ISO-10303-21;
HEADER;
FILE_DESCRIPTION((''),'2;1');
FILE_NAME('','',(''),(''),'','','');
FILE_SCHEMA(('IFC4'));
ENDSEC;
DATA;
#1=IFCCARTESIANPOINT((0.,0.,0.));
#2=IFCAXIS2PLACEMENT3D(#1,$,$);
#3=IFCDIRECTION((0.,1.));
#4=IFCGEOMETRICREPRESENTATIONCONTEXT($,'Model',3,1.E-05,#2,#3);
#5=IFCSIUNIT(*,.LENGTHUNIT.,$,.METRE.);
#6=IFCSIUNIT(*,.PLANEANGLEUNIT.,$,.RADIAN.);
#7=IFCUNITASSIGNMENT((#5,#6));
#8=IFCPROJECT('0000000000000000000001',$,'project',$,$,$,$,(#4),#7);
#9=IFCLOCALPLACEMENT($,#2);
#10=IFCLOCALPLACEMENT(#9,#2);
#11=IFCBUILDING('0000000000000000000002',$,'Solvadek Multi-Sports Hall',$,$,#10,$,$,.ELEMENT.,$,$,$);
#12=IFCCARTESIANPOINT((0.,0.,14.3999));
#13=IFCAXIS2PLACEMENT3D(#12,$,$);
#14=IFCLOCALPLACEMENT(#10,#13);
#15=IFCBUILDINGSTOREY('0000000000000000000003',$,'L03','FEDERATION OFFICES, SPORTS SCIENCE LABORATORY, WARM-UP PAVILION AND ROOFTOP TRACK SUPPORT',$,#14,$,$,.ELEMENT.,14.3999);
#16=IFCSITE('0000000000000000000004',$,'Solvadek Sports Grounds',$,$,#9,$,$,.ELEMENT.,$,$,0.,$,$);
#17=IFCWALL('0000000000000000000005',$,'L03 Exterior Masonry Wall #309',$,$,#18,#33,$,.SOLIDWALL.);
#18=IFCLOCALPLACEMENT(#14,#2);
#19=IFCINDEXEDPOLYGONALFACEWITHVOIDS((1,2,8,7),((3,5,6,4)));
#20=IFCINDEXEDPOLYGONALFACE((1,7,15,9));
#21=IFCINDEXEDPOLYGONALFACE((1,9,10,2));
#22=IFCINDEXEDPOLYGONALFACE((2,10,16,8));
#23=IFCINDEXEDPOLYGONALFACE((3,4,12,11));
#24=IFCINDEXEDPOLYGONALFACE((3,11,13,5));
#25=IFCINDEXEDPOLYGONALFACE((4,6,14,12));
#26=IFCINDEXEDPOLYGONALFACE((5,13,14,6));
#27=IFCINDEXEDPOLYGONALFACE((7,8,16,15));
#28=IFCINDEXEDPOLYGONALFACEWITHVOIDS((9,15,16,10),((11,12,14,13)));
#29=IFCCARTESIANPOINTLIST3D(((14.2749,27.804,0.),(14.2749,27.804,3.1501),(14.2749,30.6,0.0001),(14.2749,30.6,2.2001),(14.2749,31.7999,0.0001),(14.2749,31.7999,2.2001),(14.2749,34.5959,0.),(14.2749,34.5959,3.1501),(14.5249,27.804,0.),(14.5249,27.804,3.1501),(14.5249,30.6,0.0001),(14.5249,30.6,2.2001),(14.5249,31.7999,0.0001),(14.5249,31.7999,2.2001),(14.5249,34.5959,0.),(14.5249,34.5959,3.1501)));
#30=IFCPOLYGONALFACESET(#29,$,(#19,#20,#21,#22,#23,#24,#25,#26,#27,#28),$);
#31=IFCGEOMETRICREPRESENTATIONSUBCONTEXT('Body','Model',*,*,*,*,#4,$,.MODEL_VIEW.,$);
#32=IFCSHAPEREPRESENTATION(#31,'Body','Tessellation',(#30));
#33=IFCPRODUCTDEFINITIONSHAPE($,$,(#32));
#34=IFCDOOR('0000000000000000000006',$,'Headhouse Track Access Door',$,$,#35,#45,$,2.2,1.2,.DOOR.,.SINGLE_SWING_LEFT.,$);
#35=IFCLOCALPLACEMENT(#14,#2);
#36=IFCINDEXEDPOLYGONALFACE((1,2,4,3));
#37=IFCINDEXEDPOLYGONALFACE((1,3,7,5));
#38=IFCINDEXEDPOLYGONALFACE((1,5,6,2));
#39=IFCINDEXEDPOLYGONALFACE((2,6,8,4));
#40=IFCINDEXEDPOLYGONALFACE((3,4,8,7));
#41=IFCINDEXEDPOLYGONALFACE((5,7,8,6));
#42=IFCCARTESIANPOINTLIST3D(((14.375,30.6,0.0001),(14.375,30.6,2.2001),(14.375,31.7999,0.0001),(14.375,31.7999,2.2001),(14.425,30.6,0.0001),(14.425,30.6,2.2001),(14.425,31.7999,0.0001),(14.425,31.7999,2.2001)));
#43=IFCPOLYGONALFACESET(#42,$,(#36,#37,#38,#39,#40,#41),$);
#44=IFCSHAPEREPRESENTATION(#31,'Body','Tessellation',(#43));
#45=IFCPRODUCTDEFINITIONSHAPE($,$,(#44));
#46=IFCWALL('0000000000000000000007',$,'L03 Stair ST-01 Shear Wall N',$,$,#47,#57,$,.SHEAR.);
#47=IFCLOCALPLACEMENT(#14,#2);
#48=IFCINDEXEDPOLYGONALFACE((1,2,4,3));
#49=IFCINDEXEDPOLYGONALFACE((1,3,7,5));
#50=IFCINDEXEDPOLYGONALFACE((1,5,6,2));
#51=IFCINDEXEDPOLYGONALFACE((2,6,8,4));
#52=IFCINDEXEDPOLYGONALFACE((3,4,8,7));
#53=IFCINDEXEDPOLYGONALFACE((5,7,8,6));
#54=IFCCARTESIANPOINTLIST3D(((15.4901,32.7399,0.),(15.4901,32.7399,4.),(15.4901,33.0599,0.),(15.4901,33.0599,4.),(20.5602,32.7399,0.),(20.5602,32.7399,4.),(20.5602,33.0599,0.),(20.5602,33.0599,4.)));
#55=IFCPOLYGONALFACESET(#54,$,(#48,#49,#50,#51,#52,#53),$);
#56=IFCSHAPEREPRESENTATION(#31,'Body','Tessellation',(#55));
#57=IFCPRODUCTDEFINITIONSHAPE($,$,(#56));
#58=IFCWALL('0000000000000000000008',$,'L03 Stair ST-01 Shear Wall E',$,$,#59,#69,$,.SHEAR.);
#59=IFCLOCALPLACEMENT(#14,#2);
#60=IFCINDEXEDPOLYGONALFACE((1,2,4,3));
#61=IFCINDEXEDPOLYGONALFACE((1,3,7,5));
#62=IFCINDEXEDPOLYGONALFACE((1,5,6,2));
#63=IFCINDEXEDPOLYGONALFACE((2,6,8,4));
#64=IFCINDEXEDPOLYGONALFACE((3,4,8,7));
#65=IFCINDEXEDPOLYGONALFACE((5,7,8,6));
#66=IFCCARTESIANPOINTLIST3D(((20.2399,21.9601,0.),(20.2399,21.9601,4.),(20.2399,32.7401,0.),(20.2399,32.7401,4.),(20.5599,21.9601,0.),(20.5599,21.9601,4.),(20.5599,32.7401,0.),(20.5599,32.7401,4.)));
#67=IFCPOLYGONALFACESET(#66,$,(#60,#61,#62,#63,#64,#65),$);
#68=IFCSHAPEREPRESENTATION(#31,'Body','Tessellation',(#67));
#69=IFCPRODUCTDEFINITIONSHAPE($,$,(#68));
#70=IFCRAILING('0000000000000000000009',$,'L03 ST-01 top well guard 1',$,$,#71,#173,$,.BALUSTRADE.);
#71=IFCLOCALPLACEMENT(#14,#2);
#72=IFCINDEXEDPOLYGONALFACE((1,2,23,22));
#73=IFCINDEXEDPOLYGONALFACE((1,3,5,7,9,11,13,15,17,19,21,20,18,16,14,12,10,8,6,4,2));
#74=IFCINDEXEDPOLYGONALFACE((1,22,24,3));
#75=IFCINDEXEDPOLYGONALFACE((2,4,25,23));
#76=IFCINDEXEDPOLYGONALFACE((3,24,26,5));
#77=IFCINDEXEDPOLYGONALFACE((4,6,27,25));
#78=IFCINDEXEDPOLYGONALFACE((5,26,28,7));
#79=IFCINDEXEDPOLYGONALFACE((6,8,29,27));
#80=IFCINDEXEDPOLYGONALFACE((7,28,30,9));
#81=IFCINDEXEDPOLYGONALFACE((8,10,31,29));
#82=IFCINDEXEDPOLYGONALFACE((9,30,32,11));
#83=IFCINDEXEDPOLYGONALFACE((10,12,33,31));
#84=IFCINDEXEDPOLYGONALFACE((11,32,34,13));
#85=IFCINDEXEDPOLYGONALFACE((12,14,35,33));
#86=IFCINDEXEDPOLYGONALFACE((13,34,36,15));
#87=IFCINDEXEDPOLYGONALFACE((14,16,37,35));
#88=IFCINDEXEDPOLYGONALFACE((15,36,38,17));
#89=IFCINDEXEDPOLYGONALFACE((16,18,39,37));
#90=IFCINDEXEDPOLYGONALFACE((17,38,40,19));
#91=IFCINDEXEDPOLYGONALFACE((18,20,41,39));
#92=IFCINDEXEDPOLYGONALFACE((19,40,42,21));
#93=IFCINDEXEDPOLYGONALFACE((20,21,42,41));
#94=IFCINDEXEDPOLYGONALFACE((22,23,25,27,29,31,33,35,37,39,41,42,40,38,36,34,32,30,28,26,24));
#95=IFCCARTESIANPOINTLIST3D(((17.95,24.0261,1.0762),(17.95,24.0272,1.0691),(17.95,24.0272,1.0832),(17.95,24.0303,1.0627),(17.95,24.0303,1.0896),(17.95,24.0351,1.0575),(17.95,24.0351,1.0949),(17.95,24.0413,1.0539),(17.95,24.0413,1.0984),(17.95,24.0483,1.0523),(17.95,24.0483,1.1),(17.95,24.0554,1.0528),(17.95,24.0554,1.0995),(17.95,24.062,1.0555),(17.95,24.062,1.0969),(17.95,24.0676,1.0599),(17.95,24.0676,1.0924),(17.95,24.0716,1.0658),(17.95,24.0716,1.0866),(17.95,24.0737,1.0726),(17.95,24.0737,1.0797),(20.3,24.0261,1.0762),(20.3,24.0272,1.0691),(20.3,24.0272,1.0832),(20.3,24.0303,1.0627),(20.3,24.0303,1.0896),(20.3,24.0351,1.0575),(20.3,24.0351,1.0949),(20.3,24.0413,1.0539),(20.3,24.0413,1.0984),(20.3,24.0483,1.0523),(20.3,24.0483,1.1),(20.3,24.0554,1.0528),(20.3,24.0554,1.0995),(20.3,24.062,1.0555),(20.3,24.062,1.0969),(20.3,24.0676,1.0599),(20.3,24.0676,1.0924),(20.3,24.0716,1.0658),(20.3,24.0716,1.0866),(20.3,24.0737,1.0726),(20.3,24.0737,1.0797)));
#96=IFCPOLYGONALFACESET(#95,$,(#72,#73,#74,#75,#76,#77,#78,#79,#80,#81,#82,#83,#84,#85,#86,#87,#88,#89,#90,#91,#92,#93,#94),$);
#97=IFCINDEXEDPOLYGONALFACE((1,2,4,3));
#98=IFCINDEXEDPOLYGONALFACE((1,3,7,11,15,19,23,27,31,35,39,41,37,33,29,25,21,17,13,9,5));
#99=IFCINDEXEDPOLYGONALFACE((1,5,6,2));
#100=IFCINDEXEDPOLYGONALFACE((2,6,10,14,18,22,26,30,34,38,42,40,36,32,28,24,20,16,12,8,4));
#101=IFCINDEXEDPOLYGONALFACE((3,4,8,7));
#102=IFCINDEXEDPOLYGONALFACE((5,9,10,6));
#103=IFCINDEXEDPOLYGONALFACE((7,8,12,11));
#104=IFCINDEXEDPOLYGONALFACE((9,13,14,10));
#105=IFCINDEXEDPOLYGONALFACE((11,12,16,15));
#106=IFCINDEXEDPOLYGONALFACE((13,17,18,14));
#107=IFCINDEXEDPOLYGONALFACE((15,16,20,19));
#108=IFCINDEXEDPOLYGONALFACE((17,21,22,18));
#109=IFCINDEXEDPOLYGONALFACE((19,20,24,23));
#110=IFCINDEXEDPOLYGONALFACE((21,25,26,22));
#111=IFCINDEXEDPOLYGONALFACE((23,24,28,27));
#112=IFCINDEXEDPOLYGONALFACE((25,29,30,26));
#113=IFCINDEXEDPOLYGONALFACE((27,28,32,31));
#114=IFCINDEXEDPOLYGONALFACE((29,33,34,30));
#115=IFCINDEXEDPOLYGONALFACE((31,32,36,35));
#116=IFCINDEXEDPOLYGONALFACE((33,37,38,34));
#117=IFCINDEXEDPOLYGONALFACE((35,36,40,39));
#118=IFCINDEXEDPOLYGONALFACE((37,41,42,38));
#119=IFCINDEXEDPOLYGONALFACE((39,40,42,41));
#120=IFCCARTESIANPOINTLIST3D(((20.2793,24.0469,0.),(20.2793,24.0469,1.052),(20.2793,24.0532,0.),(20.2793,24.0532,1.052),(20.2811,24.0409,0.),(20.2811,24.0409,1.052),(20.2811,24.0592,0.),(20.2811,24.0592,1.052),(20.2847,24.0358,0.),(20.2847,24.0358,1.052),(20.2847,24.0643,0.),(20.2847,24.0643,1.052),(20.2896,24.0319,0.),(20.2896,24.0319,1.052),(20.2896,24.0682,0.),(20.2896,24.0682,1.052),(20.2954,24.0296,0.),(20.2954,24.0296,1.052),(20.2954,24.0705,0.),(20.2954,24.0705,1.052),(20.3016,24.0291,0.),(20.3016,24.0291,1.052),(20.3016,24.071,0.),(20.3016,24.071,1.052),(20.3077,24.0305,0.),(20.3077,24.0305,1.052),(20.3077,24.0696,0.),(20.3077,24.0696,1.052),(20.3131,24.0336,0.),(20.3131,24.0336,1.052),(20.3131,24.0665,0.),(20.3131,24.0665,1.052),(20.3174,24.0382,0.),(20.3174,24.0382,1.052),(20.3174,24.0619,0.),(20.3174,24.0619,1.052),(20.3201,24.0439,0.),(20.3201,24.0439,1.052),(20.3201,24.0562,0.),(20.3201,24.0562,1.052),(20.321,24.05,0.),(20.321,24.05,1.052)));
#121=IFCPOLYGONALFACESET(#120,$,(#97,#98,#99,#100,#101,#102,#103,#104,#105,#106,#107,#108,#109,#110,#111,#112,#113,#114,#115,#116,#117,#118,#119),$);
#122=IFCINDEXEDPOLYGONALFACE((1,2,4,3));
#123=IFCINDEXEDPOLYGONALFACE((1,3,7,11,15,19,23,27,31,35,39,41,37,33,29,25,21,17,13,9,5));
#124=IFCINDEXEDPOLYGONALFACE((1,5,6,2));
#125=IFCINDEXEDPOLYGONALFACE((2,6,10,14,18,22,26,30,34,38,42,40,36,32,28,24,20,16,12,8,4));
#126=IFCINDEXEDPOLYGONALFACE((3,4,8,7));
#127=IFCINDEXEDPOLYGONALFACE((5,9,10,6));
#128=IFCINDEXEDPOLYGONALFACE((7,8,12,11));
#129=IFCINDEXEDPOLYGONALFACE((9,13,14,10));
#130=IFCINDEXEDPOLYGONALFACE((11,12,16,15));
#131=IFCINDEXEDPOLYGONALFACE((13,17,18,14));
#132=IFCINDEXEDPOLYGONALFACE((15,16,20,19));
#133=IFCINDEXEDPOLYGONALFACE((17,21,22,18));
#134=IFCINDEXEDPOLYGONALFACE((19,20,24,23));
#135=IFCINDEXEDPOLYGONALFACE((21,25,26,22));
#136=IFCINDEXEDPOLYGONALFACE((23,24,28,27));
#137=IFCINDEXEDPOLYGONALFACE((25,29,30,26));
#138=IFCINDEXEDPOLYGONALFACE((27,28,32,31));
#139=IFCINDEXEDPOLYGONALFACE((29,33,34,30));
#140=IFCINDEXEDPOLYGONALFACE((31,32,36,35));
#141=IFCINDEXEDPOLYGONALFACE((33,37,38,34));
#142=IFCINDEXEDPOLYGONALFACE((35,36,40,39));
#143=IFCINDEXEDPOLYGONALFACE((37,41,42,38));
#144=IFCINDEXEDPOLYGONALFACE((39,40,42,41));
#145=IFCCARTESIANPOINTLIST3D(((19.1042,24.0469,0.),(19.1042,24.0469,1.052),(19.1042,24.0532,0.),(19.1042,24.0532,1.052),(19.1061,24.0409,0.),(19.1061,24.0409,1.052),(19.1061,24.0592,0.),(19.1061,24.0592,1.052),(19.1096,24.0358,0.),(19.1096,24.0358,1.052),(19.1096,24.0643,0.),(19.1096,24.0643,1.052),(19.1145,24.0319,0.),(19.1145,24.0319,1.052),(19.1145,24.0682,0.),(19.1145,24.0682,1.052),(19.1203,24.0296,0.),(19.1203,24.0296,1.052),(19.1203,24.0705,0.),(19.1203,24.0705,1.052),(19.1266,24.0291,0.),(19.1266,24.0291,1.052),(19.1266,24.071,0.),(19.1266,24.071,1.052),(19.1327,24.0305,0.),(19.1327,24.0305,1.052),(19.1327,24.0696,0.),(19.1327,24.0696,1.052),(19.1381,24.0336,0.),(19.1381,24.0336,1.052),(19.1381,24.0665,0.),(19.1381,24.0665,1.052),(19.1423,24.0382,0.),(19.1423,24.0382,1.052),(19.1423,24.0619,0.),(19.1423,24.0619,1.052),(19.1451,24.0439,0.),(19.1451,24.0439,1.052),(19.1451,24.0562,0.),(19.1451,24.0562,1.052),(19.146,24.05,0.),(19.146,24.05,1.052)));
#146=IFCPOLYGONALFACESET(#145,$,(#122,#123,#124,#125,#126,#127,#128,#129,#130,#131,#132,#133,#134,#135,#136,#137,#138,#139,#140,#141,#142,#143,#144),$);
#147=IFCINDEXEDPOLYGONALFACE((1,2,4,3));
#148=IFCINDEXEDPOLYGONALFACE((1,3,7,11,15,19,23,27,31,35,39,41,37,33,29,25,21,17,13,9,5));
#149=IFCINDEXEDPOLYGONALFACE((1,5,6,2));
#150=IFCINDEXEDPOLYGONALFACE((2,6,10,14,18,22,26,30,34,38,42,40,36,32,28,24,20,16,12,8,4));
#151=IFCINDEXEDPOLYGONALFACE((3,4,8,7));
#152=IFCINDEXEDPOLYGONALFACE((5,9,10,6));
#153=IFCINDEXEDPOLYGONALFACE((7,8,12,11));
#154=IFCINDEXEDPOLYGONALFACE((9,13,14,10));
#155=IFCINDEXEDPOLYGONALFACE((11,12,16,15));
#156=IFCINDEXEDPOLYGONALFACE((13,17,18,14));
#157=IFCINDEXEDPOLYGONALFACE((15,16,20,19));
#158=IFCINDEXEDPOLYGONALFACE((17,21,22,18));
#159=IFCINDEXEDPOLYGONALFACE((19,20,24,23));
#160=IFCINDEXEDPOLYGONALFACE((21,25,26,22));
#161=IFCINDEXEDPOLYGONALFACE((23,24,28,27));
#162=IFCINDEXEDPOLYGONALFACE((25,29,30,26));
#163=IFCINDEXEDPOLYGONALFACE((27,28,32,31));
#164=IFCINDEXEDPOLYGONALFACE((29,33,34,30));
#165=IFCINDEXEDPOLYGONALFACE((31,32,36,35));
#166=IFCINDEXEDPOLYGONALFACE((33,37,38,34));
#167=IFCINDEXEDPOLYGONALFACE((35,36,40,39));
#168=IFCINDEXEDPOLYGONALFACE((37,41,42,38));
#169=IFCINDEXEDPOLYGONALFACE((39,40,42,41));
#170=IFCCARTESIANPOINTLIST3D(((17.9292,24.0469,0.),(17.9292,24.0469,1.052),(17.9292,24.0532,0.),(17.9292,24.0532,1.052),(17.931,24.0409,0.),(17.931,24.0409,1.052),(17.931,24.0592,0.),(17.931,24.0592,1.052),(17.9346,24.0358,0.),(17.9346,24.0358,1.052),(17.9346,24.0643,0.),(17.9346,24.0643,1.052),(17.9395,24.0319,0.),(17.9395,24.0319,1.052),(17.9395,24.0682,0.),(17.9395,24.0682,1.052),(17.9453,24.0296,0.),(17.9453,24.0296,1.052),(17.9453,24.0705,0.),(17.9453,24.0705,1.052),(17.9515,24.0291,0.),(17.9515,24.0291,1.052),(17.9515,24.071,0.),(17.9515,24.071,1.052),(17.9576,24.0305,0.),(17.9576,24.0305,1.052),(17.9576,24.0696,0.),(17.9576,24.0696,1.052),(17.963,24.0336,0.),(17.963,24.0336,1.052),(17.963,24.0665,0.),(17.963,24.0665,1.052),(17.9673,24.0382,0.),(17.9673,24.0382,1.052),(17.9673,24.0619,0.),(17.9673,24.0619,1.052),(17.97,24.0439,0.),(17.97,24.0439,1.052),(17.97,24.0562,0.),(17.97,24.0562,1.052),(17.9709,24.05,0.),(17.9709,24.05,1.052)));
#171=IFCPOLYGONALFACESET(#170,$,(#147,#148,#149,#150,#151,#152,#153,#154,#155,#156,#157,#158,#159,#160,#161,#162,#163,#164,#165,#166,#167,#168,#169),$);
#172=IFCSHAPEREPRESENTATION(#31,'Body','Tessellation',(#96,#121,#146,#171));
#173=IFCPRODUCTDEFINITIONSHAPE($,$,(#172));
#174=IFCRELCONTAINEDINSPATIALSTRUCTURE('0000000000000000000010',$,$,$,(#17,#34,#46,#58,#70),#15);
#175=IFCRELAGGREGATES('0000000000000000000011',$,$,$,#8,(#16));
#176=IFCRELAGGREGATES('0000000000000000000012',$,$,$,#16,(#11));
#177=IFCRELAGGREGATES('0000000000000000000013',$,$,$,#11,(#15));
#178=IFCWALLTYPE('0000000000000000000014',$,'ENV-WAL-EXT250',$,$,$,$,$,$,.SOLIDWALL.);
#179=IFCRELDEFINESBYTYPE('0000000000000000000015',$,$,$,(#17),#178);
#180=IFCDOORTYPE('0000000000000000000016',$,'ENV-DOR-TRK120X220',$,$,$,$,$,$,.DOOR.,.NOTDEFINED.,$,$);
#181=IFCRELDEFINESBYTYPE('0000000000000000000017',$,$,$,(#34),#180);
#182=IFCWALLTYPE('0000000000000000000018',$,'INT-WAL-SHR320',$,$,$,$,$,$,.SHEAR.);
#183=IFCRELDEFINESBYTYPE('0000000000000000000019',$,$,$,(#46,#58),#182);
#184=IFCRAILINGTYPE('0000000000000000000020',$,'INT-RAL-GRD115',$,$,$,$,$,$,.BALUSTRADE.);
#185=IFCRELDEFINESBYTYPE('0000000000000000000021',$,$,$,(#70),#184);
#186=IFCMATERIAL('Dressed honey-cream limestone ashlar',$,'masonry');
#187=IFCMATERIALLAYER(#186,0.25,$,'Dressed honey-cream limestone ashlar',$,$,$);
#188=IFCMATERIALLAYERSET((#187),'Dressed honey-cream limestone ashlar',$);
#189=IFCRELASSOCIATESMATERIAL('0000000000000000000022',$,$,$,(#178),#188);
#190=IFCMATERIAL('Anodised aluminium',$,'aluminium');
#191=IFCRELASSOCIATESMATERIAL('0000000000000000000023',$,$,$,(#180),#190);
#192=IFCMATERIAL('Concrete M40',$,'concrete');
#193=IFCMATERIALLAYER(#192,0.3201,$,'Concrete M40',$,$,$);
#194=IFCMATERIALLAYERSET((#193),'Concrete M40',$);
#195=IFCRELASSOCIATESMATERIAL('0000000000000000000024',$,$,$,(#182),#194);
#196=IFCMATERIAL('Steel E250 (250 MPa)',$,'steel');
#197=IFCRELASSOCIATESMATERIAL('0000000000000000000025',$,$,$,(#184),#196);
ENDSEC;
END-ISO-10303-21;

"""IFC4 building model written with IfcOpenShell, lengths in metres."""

from ifc_helpers import new_model, si_unit, direction, frame, frame_2d, origin, origin_2d, place, context, subcontext, project, spatial, rectangle, circle, extrude, material, layer, layer_set, type_object, element, fill, save


model = new_model("IFC4")

# Units and contexts
model_context = context("Model", 3, precision=1e-05, world=origin(), true_north=direction((0.0, 1.0)))
body_context = subcontext(model_context, "Body", "Model", "MODEL_VIEW")
ifc_project = project(units=[si_unit("LENGTHUNIT", "METRE"), si_unit("PLANEANGLEUNIT", "RADIAN")], contexts=[model_context])

# Site, building, storey
site_placement = place(None, origin())
site = spatial("IfcSite", under=ifc_project, at=site_placement, Name="Solvadek Sports Grounds", CompositionType="ELEMENT", RefElevation=0.0)
building_placement = place(site_placement, origin())
building = spatial("IfcBuilding", under=site, at=building_placement, Name="Solvadek Multi-Sports Hall", CompositionType="ELEMENT")
storey_placement = place(building_placement, frame((0.0, 0.0, 14.3999)))
storey = spatial("IfcBuildingStorey", under=building, at=storey_placement, Name="L03", Description="FEDERATION OFFICES, SPORTS SCIENCE LABORATORY, WARM-UP PAVILION AND ROOFTOP TRACK SUPPORT", CompositionType="ELEMENT", Elevation=14.3999)

# Shared definitions
ifc_material_1 = material(Name="Steel E250 (250 MPa)", Category="steel")

# Shared definitions
ifc_material_2 = material(Name="Dressed honey-cream limestone ashlar", Category="masonry")
ifc_layer_1 = layer(ifc_material_2, 0.25, Name="Dressed honey-cream limestone ashlar")
ifc_layer_set_1 = layer_set([ifc_layer_1], Name="Dressed honey-cream limestone ashlar")
wall_type_1 = type_object("IfcWallType", Name="ENV-WAL-EXT250", PredefinedType="SOLIDWALL", material=ifc_layer_set_1)

# Wall, opening, door
wall_1_placement = place(storey_placement, frame((14.3999, 27.804, 0.0), z_axis=(0.0, 0.0, 1.0), x_axis=(0.0, 1.0, 0.0)))
wall_1 = element("IfcWall", 1, at=wall_1_placement, inside=storey, type_object=wall_type_1, Name="L03 Exterior Masonry Wall #309", PredefinedType="SOLIDWALL", context=body_context, shape_type="SweptSolid", body=[
    extrude(rectangle(XDim=6.792, YDim=0.25, at=frame_2d((3.396, 0.0))), origin(), (0.0, 0.0, 1.0), 3.1501),
])
opening_placement = place(wall_1_placement, frame((2.7959, 0.0, 0.0)))
opening = element("IfcOpeningElement", 2, at=opening_placement, cuts=wall_1, PredefinedType="OPENING", context=body_context, shape_type="SweptSolid", body=[
    extrude(rectangle(XDim=1.2, YDim=2.2, at=frame_2d((0.6001, 1.1001))), frame((0.0, 0.135, 0.0), z_axis=(0.0, -1.0, 0.0), x_axis=(1.0, 0.0, 0.0)), (0.0, 0.0, 1.0), 0.27),
])
ifc_material_3 = material(Name="Anodised aluminium", Category="aluminium")
door_type = type_object("IfcDoorType", Name="ENV-DOR-TRK120X220", OperationType="NOTDEFINED", PredefinedType="DOOR", material=ifc_material_3)
door_placement = place(opening_placement, origin())
door = element("IfcDoor", 3, at=door_placement, inside=storey, type_object=door_type, Name="Headhouse Track Access Door", OperationType="SINGLE_SWING_LEFT", OverallHeight=2.2, OverallWidth=1.2, PredefinedType="DOOR", context=body_context, shape_type="SweptSolid", body=[
    extrude(rectangle(XDim=1.2, YDim=2.2, at=frame_2d((0.6001, 1.1001))), frame((0.0, 0.0249, 0.0), z_axis=(0.0, -1.0, 0.0), x_axis=(1.0, 0.0, 0.0)), (0.0, 0.0, 1.0), 0.05),
])
fill(opening, door)

# Walls
ifc_material_4 = material(Name="Concrete M40", Category="concrete")
ifc_layer_2 = layer(ifc_material_4, 0.3201, Name="Concrete M40")
ifc_layer_set_2 = layer_set([ifc_layer_2], Name="Concrete M40")
wall_type_2 = type_object("IfcWallType", Name="INT-WAL-SHR320", PredefinedType="SHEAR", material=ifc_layer_set_2)
wall_2_placement = place(storey_placement, frame((15.49, 32.8999, 0.0), z_axis=(0.0, 0.0, 1.0), x_axis=(1.0, 0.0, 0.0)))
element("IfcWall", 4, at=wall_2_placement, inside=storey, type_object=wall_type_2, Name="L03 Stair ST-01 Shear Wall N", PredefinedType="SHEAR", context=body_context, shape_type="SweptSolid", body=[
    extrude(rectangle(XDim=5.0701, YDim=0.3201, at=frame_2d((2.5352, 0.0))), origin(), (0.0, 0.0, 1.0), 4.0),
])
wall_3_placement = place(storey_placement, frame((20.3999, 21.96, 0.0), z_axis=(0.0, 0.0, 1.0), x_axis=(0.0, 1.0, 0.0)))
element("IfcWall", 5, at=wall_3_placement, inside=storey, type_object=wall_type_2, Name="L03 Stair ST-01 Shear Wall E", PredefinedType="SHEAR", context=body_context, shape_type="SweptSolid", body=[
    extrude(rectangle(XDim=10.78, YDim=0.3201, at=frame_2d((5.3901, 0.0))), origin(), (0.0, 0.0, 1.0), 4.0),
])

# Railing
railing_type_1 = type_object("IfcRailingType", Name="INT-RAL-GRD115", PredefinedType="BALUSTRADE", material=ifc_material_1)
railing_1_placement = place(storey_placement, frame((20.3, 24.05, 0.0)))
element("IfcRailing", 6, at=railing_1_placement, inside=storey, type_object=railing_type_1, Name="L03 ST-01 top well guard 1", PredefinedType="BALUSTRADE", context=body_context, shape_type="SweptSolid", body=[
    extrude(circle(Radius=0.0239, at=origin_2d()), frame((0.0, 0.0, 1.0762), z_axis=(-1.0, 0.0, 0.0), x_axis=(0.0, -1.0, 0.0)), (0.0, 0.0, 1.0), 2.3501),
    extrude(circle(Radius=0.021, at=origin_2d()), origin(), (0.0, 0.0, 1.0), 1.052),
    extrude(circle(Radius=0.021, at=origin_2d()), frame((-1.175, 0.0, 0.0)), (0.0, 0.0, 1.0), 1.052),
    extrude(circle(Radius=0.021, at=origin_2d()), frame((-2.3501, 0.0, 0.0)), (0.0, 0.0, 1.0), 1.052),
])

save(model, "model.ifc")
